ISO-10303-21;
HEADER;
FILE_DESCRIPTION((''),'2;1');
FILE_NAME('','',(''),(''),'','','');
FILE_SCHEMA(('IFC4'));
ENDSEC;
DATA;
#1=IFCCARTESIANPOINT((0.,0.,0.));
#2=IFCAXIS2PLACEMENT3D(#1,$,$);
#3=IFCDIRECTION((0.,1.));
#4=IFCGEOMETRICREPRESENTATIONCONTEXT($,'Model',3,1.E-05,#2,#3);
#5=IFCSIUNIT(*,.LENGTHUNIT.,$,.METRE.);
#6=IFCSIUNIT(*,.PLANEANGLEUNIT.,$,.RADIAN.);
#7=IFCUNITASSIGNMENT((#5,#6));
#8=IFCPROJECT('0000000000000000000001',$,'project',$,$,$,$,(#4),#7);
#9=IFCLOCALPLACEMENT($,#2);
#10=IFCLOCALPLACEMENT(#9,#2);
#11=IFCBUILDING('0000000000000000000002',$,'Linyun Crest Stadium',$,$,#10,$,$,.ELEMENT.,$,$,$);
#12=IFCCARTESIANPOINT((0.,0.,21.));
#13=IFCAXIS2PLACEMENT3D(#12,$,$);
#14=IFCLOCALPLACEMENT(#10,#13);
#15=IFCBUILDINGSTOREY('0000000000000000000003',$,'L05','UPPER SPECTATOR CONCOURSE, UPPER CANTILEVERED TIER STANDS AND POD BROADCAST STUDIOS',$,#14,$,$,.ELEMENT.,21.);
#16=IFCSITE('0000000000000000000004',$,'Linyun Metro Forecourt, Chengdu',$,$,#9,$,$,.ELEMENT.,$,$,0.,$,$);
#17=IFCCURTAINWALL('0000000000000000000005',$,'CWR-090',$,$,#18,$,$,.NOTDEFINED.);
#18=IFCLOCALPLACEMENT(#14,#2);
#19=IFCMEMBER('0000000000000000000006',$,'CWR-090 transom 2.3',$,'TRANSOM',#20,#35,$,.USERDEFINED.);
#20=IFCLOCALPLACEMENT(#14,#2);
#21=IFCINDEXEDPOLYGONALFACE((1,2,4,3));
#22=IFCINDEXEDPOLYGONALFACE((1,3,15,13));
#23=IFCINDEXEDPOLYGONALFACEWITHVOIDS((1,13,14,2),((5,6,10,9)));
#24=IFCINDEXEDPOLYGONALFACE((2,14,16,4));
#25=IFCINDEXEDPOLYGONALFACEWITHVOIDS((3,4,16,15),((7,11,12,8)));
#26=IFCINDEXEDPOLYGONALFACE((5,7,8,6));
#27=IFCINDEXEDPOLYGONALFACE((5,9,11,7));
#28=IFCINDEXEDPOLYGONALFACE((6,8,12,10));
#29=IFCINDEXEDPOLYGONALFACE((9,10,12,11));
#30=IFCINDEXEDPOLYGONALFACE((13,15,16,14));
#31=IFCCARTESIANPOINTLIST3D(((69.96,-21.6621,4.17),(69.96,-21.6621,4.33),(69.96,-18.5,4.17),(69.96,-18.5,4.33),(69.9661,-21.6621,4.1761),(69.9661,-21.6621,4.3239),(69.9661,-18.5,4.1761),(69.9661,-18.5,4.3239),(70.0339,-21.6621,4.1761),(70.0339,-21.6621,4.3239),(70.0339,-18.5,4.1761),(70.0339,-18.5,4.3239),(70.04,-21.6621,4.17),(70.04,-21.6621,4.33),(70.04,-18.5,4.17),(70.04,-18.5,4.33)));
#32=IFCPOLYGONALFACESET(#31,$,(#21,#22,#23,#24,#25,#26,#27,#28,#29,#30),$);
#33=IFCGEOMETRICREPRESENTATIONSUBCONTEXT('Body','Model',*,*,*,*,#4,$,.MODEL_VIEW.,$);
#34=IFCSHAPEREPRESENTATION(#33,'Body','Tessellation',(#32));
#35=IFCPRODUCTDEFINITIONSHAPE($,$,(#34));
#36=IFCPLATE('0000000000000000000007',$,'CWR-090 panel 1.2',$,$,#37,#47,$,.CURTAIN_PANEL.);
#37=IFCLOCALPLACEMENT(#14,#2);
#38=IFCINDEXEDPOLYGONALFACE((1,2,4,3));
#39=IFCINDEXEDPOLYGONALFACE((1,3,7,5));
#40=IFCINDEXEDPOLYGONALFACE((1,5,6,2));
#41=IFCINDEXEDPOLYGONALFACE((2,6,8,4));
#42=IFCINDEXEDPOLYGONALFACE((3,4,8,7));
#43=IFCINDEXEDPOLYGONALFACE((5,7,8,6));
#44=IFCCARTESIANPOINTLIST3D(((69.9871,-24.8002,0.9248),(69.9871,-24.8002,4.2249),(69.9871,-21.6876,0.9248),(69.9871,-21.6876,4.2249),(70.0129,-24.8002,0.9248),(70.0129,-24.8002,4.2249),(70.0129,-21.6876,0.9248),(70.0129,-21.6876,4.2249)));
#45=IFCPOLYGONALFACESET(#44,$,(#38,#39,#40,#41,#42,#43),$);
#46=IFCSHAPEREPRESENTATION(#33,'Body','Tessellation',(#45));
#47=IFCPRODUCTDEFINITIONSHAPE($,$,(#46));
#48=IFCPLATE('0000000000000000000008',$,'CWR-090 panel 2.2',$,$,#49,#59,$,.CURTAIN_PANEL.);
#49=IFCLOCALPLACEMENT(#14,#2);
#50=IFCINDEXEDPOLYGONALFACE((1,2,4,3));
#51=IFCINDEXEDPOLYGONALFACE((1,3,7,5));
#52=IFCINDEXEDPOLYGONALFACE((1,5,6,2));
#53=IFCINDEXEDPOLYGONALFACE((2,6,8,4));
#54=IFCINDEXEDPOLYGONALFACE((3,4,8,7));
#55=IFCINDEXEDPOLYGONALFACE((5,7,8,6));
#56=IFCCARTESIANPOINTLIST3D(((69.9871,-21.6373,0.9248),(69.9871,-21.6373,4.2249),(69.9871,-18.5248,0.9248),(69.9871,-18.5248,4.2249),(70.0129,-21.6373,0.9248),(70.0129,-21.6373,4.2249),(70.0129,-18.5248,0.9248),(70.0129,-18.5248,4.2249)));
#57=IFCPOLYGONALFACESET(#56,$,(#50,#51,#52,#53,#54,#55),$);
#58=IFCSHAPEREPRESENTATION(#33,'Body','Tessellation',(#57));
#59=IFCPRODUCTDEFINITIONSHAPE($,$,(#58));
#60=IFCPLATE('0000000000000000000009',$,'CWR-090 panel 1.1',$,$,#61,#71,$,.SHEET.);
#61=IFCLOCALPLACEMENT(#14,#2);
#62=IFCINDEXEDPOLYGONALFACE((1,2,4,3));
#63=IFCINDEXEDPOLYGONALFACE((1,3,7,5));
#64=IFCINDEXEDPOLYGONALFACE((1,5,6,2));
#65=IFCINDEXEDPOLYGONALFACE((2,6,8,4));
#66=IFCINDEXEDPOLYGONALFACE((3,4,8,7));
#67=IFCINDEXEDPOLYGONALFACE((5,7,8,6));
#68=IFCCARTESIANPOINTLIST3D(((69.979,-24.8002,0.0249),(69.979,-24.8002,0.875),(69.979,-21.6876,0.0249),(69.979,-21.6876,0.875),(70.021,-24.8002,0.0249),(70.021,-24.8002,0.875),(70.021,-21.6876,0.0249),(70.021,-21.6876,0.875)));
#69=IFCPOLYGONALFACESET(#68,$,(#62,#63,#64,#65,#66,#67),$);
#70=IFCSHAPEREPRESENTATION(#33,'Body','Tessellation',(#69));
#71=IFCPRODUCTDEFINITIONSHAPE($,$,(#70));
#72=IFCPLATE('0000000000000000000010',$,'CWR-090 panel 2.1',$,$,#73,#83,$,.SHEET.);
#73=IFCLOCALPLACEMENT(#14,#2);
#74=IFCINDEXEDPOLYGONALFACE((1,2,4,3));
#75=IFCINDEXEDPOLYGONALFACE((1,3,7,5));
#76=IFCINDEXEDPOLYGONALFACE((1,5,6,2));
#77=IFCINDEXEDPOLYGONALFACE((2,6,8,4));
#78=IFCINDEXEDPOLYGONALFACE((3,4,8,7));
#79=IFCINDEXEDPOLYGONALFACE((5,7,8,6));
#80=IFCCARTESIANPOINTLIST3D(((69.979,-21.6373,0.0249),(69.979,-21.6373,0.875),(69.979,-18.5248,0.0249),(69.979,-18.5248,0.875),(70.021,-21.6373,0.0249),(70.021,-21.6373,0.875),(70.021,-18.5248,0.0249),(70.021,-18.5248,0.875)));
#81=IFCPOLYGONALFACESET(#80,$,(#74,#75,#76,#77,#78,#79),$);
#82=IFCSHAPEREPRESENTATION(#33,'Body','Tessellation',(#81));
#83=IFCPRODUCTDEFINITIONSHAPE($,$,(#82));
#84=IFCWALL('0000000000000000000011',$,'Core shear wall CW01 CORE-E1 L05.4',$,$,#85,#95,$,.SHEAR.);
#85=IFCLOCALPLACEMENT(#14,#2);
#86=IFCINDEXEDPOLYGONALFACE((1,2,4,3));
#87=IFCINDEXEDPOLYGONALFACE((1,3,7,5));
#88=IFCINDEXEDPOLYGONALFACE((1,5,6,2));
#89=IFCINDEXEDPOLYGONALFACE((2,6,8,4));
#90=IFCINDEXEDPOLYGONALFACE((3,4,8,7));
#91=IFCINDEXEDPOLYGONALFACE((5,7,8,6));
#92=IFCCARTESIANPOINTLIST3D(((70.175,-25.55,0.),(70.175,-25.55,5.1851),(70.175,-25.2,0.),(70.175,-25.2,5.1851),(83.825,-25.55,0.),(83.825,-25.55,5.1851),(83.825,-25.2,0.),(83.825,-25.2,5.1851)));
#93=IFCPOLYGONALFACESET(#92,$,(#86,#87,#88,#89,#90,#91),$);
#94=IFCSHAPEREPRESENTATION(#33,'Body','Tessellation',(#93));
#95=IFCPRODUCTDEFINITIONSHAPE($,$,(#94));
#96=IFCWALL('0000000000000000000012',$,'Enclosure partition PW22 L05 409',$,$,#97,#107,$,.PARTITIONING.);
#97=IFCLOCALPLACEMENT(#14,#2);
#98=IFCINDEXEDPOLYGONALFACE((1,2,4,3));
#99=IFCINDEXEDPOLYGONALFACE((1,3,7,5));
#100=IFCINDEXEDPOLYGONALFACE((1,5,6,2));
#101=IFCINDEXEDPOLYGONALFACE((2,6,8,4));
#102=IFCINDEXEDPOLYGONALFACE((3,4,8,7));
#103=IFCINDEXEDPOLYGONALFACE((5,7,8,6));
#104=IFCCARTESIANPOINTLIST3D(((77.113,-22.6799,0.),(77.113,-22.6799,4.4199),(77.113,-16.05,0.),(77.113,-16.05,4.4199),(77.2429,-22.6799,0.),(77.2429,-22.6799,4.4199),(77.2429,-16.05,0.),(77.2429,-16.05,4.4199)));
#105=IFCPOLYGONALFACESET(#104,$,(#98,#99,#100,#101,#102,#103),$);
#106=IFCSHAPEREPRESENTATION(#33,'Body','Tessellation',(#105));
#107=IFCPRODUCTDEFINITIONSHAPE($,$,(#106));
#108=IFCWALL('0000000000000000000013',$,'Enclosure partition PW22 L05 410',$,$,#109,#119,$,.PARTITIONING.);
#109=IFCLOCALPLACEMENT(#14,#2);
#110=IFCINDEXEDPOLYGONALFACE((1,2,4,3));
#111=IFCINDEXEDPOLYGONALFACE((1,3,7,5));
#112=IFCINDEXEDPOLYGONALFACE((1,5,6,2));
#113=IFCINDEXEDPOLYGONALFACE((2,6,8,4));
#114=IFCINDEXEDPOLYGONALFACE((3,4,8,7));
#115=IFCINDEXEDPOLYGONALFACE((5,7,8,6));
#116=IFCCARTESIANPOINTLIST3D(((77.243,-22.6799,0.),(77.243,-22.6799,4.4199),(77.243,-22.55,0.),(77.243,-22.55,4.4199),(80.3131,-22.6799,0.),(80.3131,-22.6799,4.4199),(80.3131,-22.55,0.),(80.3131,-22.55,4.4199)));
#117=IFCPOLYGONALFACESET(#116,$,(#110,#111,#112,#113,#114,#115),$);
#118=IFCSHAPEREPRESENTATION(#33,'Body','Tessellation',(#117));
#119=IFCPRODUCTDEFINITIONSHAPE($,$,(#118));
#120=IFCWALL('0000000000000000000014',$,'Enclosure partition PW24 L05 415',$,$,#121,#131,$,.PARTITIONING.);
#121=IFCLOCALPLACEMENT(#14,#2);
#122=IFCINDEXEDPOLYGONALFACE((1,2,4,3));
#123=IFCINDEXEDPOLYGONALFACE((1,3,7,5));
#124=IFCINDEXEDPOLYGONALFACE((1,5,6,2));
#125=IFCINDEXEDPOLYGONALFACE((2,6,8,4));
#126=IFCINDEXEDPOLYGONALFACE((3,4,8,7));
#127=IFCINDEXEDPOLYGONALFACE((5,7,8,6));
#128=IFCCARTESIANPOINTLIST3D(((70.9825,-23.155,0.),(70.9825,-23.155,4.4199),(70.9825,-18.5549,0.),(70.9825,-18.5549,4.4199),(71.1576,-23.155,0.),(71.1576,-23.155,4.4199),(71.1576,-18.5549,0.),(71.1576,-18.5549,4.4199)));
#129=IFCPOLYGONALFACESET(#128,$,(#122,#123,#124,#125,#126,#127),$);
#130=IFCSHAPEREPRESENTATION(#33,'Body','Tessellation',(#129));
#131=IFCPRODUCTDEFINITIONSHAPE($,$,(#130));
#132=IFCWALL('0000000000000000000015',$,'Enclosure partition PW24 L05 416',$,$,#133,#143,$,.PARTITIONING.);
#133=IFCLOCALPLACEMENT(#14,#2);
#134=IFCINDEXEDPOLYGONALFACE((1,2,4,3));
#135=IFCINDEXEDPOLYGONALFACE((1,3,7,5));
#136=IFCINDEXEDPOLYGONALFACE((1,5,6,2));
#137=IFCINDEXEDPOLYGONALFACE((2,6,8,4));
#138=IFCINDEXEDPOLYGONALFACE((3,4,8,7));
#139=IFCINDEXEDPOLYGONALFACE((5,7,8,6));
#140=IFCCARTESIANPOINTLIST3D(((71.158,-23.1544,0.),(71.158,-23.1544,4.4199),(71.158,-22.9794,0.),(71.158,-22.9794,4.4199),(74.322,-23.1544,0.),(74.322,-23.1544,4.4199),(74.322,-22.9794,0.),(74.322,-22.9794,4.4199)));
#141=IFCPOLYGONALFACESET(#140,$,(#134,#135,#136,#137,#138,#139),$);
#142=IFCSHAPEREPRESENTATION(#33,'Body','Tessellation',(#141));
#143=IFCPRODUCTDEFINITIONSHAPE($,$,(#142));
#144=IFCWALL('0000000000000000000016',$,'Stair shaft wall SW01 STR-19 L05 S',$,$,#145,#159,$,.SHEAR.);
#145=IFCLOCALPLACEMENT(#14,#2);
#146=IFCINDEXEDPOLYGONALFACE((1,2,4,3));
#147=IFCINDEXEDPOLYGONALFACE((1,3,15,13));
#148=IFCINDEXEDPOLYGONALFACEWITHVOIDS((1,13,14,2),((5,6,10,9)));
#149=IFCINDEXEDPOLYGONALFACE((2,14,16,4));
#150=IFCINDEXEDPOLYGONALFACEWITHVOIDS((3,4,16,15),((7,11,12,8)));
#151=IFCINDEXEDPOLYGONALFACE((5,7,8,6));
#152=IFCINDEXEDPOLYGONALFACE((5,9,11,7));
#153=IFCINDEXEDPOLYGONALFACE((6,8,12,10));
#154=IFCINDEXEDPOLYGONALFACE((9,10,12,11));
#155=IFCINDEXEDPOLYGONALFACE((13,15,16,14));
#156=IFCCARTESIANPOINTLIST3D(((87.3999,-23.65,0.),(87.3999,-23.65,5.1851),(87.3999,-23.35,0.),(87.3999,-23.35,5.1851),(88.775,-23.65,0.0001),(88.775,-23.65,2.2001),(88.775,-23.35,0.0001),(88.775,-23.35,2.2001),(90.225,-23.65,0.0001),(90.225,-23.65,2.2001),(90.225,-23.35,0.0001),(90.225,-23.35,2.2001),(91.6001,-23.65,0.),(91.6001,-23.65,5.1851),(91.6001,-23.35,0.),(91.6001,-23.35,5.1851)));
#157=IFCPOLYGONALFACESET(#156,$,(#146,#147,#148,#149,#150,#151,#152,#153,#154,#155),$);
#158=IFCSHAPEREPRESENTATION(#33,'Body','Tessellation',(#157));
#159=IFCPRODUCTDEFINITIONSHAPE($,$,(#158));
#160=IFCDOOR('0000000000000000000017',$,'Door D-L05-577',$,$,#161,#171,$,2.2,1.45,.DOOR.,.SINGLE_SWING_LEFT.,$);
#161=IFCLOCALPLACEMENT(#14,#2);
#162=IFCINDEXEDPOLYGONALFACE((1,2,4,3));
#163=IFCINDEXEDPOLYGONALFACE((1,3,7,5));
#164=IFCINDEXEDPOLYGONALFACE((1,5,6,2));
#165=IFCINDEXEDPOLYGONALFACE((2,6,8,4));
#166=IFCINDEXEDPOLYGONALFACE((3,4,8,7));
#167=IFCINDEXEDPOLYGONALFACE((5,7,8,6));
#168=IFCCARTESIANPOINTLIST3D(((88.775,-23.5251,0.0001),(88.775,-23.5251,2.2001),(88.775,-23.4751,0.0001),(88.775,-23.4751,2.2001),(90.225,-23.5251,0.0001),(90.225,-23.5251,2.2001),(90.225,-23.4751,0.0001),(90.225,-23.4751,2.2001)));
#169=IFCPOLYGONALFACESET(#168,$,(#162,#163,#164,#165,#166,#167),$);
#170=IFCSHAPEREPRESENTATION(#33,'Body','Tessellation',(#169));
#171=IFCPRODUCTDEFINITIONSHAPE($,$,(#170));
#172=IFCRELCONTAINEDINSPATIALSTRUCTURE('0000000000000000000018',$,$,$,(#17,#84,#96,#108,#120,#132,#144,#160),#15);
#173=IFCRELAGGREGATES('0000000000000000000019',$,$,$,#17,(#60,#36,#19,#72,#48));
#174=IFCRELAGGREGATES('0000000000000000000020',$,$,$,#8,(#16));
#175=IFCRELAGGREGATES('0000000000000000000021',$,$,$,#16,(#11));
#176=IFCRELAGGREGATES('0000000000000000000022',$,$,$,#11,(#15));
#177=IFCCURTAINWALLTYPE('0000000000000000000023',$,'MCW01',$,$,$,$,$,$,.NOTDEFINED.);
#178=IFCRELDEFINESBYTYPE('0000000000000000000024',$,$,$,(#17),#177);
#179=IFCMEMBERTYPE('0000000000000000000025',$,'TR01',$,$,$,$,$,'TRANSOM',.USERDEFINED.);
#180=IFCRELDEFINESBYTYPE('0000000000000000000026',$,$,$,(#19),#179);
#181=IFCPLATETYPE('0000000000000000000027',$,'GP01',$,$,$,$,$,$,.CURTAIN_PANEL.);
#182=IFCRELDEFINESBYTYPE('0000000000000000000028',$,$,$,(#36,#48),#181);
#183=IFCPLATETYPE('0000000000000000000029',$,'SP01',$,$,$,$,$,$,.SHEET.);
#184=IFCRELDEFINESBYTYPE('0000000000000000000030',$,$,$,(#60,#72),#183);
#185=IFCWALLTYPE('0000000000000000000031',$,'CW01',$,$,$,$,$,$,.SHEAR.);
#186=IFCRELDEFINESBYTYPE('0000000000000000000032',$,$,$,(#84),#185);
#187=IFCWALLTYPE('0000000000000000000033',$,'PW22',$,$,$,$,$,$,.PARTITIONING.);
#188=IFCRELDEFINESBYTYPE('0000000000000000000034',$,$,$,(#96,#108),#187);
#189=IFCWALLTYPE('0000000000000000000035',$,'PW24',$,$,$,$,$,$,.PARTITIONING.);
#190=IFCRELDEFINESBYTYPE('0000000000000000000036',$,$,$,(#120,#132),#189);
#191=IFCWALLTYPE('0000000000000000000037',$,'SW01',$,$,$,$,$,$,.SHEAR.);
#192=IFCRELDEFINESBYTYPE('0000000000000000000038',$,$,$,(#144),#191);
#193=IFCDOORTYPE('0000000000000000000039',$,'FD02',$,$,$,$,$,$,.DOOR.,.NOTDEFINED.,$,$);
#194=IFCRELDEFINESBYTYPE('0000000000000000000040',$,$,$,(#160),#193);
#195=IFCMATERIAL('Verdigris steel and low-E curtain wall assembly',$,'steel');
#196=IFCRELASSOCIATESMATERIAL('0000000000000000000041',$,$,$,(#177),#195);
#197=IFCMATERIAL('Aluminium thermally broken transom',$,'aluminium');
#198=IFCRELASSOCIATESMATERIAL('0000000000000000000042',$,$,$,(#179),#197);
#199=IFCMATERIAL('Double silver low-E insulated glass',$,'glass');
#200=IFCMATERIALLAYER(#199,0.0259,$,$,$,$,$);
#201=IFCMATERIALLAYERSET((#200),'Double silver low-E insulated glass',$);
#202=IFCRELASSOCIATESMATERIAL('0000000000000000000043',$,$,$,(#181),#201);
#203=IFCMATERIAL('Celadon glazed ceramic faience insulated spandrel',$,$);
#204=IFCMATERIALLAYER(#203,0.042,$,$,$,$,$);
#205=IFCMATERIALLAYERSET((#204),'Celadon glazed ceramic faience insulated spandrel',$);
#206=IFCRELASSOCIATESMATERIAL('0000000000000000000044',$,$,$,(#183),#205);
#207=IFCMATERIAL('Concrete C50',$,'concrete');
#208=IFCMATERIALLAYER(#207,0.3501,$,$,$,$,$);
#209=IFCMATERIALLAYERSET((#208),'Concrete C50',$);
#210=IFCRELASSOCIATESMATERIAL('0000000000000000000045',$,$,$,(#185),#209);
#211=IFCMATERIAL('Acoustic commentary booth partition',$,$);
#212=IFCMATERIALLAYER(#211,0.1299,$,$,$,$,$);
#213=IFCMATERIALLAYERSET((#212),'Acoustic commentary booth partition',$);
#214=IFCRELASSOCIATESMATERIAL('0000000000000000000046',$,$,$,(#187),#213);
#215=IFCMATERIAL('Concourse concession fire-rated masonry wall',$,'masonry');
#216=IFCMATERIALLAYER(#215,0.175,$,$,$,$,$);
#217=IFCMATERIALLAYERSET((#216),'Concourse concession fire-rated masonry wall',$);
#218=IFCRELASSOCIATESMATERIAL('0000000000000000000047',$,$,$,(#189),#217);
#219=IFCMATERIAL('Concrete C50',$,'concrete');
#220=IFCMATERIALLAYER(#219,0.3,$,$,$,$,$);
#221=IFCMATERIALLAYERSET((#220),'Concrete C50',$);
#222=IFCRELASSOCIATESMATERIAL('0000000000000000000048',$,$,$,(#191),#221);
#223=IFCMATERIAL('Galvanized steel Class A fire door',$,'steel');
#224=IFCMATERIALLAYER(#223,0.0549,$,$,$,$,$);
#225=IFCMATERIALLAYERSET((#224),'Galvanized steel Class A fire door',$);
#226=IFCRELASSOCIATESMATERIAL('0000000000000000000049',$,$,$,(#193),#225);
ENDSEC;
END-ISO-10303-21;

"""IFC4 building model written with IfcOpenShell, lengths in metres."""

from ifc_helpers import new_model, si_unit, direction, frame, frame_2d, origin, origin_2d, place, context, subcontext, project, spatial, rectangle, hollow_rectangle, extrude, material, layer, layer_set, material_profile, profile_set, type_object, element, fill, aggregate, save


model = new_model("IFC4")

# Units and contexts
model_context = context("Model", 3, precision=1e-05, world=origin(), true_north=direction((0.0, 1.0)))
body_context = subcontext(model_context, "Body", "Model", "MODEL_VIEW")
ifc_project = project(units=[si_unit("LENGTHUNIT", "METRE"), si_unit("PLANEANGLEUNIT", "RADIAN")], contexts=[model_context])

# Site, building, storey
site_placement = place(None, origin())
site = spatial("IfcSite", under=ifc_project, at=site_placement, Name="Linyun Metro Forecourt, Chengdu", CompositionType="ELEMENT", RefElevation=0.0)
building_placement = place(site_placement, origin())
building = spatial("IfcBuilding", under=site, at=building_placement, Name="Linyun Crest Stadium", CompositionType="ELEMENT")
storey_placement = place(building_placement, frame((0.0, 0.0, 21.0)))
storey = spatial("IfcBuildingStorey", under=building, at=storey_placement, Name="L05", Description="UPPER SPECTATOR CONCOURSE, UPPER CANTILEVERED TIER STANDS AND POD BROADCAST STUDIOS", CompositionType="ELEMENT", Elevation=21.0)

# Curtain wall, member, plates
ifc_material_1 = material(Name="Verdigris steel and low-E curtain wall assembly", Category="steel")
curtain_wall_type = type_object("IfcCurtainWallType", Name="MCW01", PredefinedType="NOTDEFINED", material=ifc_material_1)
curtain_wall_placement = place(storey_placement, origin())
curtain_wall = element("IfcCurtainWall", 1, at=curtain_wall_placement, inside=storey, type_object=curtain_wall_type, Name="CWR-090", PredefinedType="NOTDEFINED")
ifc_material_2 = material(Name="Aluminium thermally broken transom", Category="aluminium")
ifc_material_profile_1 = material_profile(ifc_material_2, hollow_rectangle(XDim=0.0801, YDim=0.1599, WallThickness=0.0061, at=origin_2d()), Name="RHS 160x80x6")
ifc_profile_set_1 = profile_set([ifc_material_profile_1], Name="Aluminium thermally broken transom")
member_type_1 = type_object("IfcMemberType", Name="TR01", ElementType="TRANSOM", PredefinedType="USERDEFINED", material=ifc_profile_set_1)
member_1_placement = place(storey_placement, frame((70.0, -21.6621, 4.25), z_axis=(0.0, 1.0, 0.0), x_axis=(-1.0, 0.0, 0.0)))
member_1 = element("IfcMember", 2, at=member_1_placement, type_object=member_type_1, Name="CWR-090 transom 2.3", ObjectType="TRANSOM", PredefinedType="USERDEFINED", context=body_context, shape_type="SweptSolid", body=[
    extrude(hollow_rectangle(XDim=0.0801, YDim=0.1599, WallThickness=0.0061, at=origin_2d()), origin(), (0.0, 0.0, 1.0), 3.1621),
])
ifc_material_3 = material(Name="Double silver low-E insulated glass", Category="glass")
ifc_layer_1 = layer(ifc_material_3, 0.0259)
ifc_layer_set_1 = layer_set([ifc_layer_1], Name="Double silver low-E insulated glass")
plate_type_1 = type_object("IfcPlateType", Name="GP01", PredefinedType="CURTAIN_PANEL", material=ifc_layer_set_1)
plate_1_placement = place(storey_placement, frame((70.0, -23.2439, 0.9248), z_axis=(0.0, 0.0, 1.0), x_axis=(0.0, 1.0, 0.0)))
plate_1 = element("IfcPlate", 3, at=plate_1_placement, type_object=plate_type_1, Name="CWR-090 panel 1.2", PredefinedType="CURTAIN_PANEL", context=body_context, shape_type="SweptSolid", body=[
    extrude(rectangle(XDim=3.1125, YDim=0.0259, at=origin_2d()), origin(), (0.0, 0.0, 1.0), 3.3),
])
plate_2_placement = place(storey_placement, frame((70.0, -20.0811, 0.9248), z_axis=(0.0, 0.0, 1.0), x_axis=(0.0, 1.0, 0.0)))
plate_2 = element("IfcPlate", 4, at=plate_2_placement, type_object=plate_type_1, Name="CWR-090 panel 2.2", PredefinedType="CURTAIN_PANEL", context=body_context, shape_type="SweptSolid", body=[
    extrude(rectangle(XDim=3.1125, YDim=0.0259, at=origin_2d()), origin(), (0.0, 0.0, 1.0), 3.3),
])
ifc_material_4 = material(Name="Celadon glazed ceramic faience insulated spandrel")
ifc_layer_2 = layer(ifc_material_4, 0.042)
ifc_layer_set_2 = layer_set([ifc_layer_2], Name="Celadon glazed ceramic faience insulated spandrel")
plate_type_2 = type_object("IfcPlateType", Name="SP01", PredefinedType="SHEET", material=ifc_layer_set_2)
plate_3_placement = place(storey_placement, frame((70.0, -23.2439, 0.0249), z_axis=(0.0, 0.0, 1.0), x_axis=(0.0, 1.0, 0.0)))
plate_3 = element("IfcPlate", 5, at=plate_3_placement, type_object=plate_type_2, Name="CWR-090 panel 1.1", PredefinedType="SHEET", context=body_context, shape_type="SweptSolid", body=[
    extrude(rectangle(XDim=3.1125, YDim=0.042, at=origin_2d()), origin(), (0.0, 0.0, 1.0), 0.8501),
])
plate_4_placement = place(storey_placement, frame((70.0, -20.0811, 0.0249), z_axis=(0.0, 0.0, 1.0), x_axis=(0.0, 1.0, 0.0)))
plate_4 = element("IfcPlate", 6, at=plate_4_placement, type_object=plate_type_2, Name="CWR-090 panel 2.1", PredefinedType="SHEET", context=body_context, shape_type="SweptSolid", body=[
    extrude(rectangle(XDim=3.1125, YDim=0.042, at=origin_2d()), origin(), (0.0, 0.0, 1.0), 0.8501),
])
aggregate(curtain_wall, [plate_3, plate_1, member_1, plate_4, plate_2])

# Walls
ifc_material_5 = material(Name="Concrete C50", Category="concrete")
ifc_layer_3 = layer(ifc_material_5, 0.3501)
ifc_layer_set_3 = layer_set([ifc_layer_3], Name="Concrete C50")
wall_type_1 = type_object("IfcWallType", Name="CW01", PredefinedType="SHEAR", material=ifc_layer_set_3)
wall_1_placement = place(storey_placement, frame((70.175, -25.375, 0.0), z_axis=(0.0, 0.0, 1.0), x_axis=(1.0, 0.0, 0.0)))
element("IfcWall", 7, at=wall_1_placement, inside=storey, type_object=wall_type_1, Name="Core shear wall CW01 CORE-E1 L05.4", PredefinedType="SHEAR", context=body_context, shape_type="SweptSolid", body=[
    extrude(rectangle(XDim=13.6499, YDim=0.3501, at=frame_2d((6.825, 0.0))), origin(), (0.0, 0.0, 1.0), 5.1851),
])
ifc_material_6 = material(Name="Acoustic commentary booth partition")
ifc_layer_4 = layer(ifc_material_6, 0.1299)
ifc_layer_set_4 = layer_set([ifc_layer_4], Name="Acoustic commentary booth partition")
wall_type_2 = type_object("IfcWallType", Name="PW22", PredefinedType="PARTITIONING", material=ifc_layer_set_4)
wall_2_placement = place(storey_placement, frame((77.178, -22.6799, 0.0), z_axis=(0.0, 0.0, 1.0), x_axis=(0.0, 1.0, 0.0)))
element("IfcWall", 8, at=wall_2_placement, inside=storey, type_object=wall_type_2, Name="Enclosure partition PW22 L05 409", PredefinedType="PARTITIONING", context=body_context, shape_type="SweptSolid", body=[
    extrude(rectangle(XDim=6.6299, YDim=0.1299, at=frame_2d((3.3149, 0.0))), origin(), (0.0, 0.0, 1.0), 4.4199),
])
wall_3_placement = place(storey_placement, frame((77.2429, -22.615, 0.0), z_axis=(0.0, 0.0, 1.0), x_axis=(1.0, 0.0, 0.0)))
element("IfcWall", 9, at=wall_3_placement, inside=storey, type_object=wall_type_2, Name="Enclosure partition PW22 L05 410", PredefinedType="PARTITIONING", context=body_context, shape_type="SweptSolid", body=[
    extrude(rectangle(XDim=3.0701, YDim=0.1299, at=frame_2d((1.5352, 0.0))), origin(), (0.0, 0.0, 1.0), 4.4199),
])
ifc_material_7 = material(Name="Concourse concession fire-rated masonry wall", Category="masonry")
ifc_layer_5 = layer(ifc_material_7, 0.175)
ifc_layer_set_5 = layer_set([ifc_layer_5], Name="Concourse concession fire-rated masonry wall")
wall_type_3 = type_object("IfcWallType", Name="PW24", PredefinedType="PARTITIONING", material=ifc_layer_set_5)
wall_4_placement = place(storey_placement, frame((71.0701, -23.155, 0.0), z_axis=(0.0, 0.0, 1.0), x_axis=(0.0, 1.0, 0.0)))
element("IfcWall", 10, at=wall_4_placement, inside=storey, type_object=wall_type_3, Name="Enclosure partition PW24 L05 415", PredefinedType="PARTITIONING", context=body_context, shape_type="SweptSolid", body=[
    extrude(rectangle(XDim=4.6001, YDim=0.175, at=frame_2d((2.3, 0.0))), origin(), (0.0, 0.0, 1.0), 4.4199),
])
wall_5_placement = place(storey_placement, frame((71.158, -23.0669, 0.0), z_axis=(0.0, 0.0, 1.0), x_axis=(1.0, 0.0, 0.0)))
element("IfcWall", 11, at=wall_5_placement, inside=storey, type_object=wall_type_3, Name="Enclosure partition PW24 L05 416", PredefinedType="PARTITIONING", context=body_context, shape_type="SweptSolid", body=[
    extrude(rectangle(XDim=3.1641, YDim=0.175, at=frame_2d((1.582, 0.0))), origin(), (0.0, 0.0, 1.0), 4.4199),
])

# Wall, opening, door
ifc_material_8 = material(Name="Concrete C50", Category="concrete")
ifc_layer_6 = layer(ifc_material_8, 0.3)
ifc_layer_set_6 = layer_set([ifc_layer_6], Name="Concrete C50")
wall_type_4 = type_object("IfcWallType", Name="SW01", PredefinedType="SHEAR", material=ifc_layer_set_6)
wall_6_placement = place(storey_placement, frame((87.3999, -23.5, 0.0), z_axis=(0.0, 0.0, 1.0), x_axis=(1.0, 0.0, 0.0)))
wall_6 = element("IfcWall", 12, at=wall_6_placement, inside=storey, type_object=wall_type_4, Name="Stair shaft wall SW01 STR-19 L05 S", PredefinedType="SHEAR", context=body_context, shape_type="SweptSolid", body=[
    extrude(rectangle(XDim=4.2002, YDim=0.3, at=frame_2d((2.1001, 0.0))), origin(), (0.0, 0.0, 1.0), 5.1851),
])
opening_placement = place(wall_6_placement, frame((1.375, 0.0, 0.0)))
opening = element("IfcOpeningElement", 13, at=opening_placement, cuts=wall_6, PredefinedType="OPENING", context=body_context, shape_type="SweptSolid", body=[
    extrude(rectangle(XDim=1.45, YDim=2.2, at=frame_2d((0.7251, 1.1001))), frame((0.0, 0.1599, 0.0), z_axis=(0.0, -1.0, 0.0), x_axis=(1.0, 0.0, 0.0)), (0.0, 0.0, 1.0), 0.3201),
])
ifc_material_9 = material(Name="Galvanized steel Class A fire door", Category="steel")
ifc_layer_7 = layer(ifc_material_9, 0.0549)
ifc_layer_set_7 = layer_set([ifc_layer_7], Name="Galvanized steel Class A fire door")
door_type = type_object("IfcDoorType", Name="FD02", OperationType="NOTDEFINED", PredefinedType="DOOR", material=ifc_layer_set_7)
door_placement = place(opening_placement, origin())
door = element("IfcDoor", 14, at=door_placement, inside=storey, type_object=door_type, Name="Door D-L05-577", OperationType="SINGLE_SWING_LEFT", OverallHeight=2.2, OverallWidth=1.45, PredefinedType="DOOR", context=body_context, shape_type="SweptSolid", body=[
    extrude(rectangle(XDim=1.45, YDim=2.2, at=frame_2d((0.7251, 1.1001))), frame((0.0, 0.0249, 0.0), z_axis=(0.0, -1.0, 0.0), x_axis=(1.0, 0.0, 0.0)), (0.0, 0.0, 1.0), 0.05),
])
fill(opening, door)

save(model, "model.ifc")
